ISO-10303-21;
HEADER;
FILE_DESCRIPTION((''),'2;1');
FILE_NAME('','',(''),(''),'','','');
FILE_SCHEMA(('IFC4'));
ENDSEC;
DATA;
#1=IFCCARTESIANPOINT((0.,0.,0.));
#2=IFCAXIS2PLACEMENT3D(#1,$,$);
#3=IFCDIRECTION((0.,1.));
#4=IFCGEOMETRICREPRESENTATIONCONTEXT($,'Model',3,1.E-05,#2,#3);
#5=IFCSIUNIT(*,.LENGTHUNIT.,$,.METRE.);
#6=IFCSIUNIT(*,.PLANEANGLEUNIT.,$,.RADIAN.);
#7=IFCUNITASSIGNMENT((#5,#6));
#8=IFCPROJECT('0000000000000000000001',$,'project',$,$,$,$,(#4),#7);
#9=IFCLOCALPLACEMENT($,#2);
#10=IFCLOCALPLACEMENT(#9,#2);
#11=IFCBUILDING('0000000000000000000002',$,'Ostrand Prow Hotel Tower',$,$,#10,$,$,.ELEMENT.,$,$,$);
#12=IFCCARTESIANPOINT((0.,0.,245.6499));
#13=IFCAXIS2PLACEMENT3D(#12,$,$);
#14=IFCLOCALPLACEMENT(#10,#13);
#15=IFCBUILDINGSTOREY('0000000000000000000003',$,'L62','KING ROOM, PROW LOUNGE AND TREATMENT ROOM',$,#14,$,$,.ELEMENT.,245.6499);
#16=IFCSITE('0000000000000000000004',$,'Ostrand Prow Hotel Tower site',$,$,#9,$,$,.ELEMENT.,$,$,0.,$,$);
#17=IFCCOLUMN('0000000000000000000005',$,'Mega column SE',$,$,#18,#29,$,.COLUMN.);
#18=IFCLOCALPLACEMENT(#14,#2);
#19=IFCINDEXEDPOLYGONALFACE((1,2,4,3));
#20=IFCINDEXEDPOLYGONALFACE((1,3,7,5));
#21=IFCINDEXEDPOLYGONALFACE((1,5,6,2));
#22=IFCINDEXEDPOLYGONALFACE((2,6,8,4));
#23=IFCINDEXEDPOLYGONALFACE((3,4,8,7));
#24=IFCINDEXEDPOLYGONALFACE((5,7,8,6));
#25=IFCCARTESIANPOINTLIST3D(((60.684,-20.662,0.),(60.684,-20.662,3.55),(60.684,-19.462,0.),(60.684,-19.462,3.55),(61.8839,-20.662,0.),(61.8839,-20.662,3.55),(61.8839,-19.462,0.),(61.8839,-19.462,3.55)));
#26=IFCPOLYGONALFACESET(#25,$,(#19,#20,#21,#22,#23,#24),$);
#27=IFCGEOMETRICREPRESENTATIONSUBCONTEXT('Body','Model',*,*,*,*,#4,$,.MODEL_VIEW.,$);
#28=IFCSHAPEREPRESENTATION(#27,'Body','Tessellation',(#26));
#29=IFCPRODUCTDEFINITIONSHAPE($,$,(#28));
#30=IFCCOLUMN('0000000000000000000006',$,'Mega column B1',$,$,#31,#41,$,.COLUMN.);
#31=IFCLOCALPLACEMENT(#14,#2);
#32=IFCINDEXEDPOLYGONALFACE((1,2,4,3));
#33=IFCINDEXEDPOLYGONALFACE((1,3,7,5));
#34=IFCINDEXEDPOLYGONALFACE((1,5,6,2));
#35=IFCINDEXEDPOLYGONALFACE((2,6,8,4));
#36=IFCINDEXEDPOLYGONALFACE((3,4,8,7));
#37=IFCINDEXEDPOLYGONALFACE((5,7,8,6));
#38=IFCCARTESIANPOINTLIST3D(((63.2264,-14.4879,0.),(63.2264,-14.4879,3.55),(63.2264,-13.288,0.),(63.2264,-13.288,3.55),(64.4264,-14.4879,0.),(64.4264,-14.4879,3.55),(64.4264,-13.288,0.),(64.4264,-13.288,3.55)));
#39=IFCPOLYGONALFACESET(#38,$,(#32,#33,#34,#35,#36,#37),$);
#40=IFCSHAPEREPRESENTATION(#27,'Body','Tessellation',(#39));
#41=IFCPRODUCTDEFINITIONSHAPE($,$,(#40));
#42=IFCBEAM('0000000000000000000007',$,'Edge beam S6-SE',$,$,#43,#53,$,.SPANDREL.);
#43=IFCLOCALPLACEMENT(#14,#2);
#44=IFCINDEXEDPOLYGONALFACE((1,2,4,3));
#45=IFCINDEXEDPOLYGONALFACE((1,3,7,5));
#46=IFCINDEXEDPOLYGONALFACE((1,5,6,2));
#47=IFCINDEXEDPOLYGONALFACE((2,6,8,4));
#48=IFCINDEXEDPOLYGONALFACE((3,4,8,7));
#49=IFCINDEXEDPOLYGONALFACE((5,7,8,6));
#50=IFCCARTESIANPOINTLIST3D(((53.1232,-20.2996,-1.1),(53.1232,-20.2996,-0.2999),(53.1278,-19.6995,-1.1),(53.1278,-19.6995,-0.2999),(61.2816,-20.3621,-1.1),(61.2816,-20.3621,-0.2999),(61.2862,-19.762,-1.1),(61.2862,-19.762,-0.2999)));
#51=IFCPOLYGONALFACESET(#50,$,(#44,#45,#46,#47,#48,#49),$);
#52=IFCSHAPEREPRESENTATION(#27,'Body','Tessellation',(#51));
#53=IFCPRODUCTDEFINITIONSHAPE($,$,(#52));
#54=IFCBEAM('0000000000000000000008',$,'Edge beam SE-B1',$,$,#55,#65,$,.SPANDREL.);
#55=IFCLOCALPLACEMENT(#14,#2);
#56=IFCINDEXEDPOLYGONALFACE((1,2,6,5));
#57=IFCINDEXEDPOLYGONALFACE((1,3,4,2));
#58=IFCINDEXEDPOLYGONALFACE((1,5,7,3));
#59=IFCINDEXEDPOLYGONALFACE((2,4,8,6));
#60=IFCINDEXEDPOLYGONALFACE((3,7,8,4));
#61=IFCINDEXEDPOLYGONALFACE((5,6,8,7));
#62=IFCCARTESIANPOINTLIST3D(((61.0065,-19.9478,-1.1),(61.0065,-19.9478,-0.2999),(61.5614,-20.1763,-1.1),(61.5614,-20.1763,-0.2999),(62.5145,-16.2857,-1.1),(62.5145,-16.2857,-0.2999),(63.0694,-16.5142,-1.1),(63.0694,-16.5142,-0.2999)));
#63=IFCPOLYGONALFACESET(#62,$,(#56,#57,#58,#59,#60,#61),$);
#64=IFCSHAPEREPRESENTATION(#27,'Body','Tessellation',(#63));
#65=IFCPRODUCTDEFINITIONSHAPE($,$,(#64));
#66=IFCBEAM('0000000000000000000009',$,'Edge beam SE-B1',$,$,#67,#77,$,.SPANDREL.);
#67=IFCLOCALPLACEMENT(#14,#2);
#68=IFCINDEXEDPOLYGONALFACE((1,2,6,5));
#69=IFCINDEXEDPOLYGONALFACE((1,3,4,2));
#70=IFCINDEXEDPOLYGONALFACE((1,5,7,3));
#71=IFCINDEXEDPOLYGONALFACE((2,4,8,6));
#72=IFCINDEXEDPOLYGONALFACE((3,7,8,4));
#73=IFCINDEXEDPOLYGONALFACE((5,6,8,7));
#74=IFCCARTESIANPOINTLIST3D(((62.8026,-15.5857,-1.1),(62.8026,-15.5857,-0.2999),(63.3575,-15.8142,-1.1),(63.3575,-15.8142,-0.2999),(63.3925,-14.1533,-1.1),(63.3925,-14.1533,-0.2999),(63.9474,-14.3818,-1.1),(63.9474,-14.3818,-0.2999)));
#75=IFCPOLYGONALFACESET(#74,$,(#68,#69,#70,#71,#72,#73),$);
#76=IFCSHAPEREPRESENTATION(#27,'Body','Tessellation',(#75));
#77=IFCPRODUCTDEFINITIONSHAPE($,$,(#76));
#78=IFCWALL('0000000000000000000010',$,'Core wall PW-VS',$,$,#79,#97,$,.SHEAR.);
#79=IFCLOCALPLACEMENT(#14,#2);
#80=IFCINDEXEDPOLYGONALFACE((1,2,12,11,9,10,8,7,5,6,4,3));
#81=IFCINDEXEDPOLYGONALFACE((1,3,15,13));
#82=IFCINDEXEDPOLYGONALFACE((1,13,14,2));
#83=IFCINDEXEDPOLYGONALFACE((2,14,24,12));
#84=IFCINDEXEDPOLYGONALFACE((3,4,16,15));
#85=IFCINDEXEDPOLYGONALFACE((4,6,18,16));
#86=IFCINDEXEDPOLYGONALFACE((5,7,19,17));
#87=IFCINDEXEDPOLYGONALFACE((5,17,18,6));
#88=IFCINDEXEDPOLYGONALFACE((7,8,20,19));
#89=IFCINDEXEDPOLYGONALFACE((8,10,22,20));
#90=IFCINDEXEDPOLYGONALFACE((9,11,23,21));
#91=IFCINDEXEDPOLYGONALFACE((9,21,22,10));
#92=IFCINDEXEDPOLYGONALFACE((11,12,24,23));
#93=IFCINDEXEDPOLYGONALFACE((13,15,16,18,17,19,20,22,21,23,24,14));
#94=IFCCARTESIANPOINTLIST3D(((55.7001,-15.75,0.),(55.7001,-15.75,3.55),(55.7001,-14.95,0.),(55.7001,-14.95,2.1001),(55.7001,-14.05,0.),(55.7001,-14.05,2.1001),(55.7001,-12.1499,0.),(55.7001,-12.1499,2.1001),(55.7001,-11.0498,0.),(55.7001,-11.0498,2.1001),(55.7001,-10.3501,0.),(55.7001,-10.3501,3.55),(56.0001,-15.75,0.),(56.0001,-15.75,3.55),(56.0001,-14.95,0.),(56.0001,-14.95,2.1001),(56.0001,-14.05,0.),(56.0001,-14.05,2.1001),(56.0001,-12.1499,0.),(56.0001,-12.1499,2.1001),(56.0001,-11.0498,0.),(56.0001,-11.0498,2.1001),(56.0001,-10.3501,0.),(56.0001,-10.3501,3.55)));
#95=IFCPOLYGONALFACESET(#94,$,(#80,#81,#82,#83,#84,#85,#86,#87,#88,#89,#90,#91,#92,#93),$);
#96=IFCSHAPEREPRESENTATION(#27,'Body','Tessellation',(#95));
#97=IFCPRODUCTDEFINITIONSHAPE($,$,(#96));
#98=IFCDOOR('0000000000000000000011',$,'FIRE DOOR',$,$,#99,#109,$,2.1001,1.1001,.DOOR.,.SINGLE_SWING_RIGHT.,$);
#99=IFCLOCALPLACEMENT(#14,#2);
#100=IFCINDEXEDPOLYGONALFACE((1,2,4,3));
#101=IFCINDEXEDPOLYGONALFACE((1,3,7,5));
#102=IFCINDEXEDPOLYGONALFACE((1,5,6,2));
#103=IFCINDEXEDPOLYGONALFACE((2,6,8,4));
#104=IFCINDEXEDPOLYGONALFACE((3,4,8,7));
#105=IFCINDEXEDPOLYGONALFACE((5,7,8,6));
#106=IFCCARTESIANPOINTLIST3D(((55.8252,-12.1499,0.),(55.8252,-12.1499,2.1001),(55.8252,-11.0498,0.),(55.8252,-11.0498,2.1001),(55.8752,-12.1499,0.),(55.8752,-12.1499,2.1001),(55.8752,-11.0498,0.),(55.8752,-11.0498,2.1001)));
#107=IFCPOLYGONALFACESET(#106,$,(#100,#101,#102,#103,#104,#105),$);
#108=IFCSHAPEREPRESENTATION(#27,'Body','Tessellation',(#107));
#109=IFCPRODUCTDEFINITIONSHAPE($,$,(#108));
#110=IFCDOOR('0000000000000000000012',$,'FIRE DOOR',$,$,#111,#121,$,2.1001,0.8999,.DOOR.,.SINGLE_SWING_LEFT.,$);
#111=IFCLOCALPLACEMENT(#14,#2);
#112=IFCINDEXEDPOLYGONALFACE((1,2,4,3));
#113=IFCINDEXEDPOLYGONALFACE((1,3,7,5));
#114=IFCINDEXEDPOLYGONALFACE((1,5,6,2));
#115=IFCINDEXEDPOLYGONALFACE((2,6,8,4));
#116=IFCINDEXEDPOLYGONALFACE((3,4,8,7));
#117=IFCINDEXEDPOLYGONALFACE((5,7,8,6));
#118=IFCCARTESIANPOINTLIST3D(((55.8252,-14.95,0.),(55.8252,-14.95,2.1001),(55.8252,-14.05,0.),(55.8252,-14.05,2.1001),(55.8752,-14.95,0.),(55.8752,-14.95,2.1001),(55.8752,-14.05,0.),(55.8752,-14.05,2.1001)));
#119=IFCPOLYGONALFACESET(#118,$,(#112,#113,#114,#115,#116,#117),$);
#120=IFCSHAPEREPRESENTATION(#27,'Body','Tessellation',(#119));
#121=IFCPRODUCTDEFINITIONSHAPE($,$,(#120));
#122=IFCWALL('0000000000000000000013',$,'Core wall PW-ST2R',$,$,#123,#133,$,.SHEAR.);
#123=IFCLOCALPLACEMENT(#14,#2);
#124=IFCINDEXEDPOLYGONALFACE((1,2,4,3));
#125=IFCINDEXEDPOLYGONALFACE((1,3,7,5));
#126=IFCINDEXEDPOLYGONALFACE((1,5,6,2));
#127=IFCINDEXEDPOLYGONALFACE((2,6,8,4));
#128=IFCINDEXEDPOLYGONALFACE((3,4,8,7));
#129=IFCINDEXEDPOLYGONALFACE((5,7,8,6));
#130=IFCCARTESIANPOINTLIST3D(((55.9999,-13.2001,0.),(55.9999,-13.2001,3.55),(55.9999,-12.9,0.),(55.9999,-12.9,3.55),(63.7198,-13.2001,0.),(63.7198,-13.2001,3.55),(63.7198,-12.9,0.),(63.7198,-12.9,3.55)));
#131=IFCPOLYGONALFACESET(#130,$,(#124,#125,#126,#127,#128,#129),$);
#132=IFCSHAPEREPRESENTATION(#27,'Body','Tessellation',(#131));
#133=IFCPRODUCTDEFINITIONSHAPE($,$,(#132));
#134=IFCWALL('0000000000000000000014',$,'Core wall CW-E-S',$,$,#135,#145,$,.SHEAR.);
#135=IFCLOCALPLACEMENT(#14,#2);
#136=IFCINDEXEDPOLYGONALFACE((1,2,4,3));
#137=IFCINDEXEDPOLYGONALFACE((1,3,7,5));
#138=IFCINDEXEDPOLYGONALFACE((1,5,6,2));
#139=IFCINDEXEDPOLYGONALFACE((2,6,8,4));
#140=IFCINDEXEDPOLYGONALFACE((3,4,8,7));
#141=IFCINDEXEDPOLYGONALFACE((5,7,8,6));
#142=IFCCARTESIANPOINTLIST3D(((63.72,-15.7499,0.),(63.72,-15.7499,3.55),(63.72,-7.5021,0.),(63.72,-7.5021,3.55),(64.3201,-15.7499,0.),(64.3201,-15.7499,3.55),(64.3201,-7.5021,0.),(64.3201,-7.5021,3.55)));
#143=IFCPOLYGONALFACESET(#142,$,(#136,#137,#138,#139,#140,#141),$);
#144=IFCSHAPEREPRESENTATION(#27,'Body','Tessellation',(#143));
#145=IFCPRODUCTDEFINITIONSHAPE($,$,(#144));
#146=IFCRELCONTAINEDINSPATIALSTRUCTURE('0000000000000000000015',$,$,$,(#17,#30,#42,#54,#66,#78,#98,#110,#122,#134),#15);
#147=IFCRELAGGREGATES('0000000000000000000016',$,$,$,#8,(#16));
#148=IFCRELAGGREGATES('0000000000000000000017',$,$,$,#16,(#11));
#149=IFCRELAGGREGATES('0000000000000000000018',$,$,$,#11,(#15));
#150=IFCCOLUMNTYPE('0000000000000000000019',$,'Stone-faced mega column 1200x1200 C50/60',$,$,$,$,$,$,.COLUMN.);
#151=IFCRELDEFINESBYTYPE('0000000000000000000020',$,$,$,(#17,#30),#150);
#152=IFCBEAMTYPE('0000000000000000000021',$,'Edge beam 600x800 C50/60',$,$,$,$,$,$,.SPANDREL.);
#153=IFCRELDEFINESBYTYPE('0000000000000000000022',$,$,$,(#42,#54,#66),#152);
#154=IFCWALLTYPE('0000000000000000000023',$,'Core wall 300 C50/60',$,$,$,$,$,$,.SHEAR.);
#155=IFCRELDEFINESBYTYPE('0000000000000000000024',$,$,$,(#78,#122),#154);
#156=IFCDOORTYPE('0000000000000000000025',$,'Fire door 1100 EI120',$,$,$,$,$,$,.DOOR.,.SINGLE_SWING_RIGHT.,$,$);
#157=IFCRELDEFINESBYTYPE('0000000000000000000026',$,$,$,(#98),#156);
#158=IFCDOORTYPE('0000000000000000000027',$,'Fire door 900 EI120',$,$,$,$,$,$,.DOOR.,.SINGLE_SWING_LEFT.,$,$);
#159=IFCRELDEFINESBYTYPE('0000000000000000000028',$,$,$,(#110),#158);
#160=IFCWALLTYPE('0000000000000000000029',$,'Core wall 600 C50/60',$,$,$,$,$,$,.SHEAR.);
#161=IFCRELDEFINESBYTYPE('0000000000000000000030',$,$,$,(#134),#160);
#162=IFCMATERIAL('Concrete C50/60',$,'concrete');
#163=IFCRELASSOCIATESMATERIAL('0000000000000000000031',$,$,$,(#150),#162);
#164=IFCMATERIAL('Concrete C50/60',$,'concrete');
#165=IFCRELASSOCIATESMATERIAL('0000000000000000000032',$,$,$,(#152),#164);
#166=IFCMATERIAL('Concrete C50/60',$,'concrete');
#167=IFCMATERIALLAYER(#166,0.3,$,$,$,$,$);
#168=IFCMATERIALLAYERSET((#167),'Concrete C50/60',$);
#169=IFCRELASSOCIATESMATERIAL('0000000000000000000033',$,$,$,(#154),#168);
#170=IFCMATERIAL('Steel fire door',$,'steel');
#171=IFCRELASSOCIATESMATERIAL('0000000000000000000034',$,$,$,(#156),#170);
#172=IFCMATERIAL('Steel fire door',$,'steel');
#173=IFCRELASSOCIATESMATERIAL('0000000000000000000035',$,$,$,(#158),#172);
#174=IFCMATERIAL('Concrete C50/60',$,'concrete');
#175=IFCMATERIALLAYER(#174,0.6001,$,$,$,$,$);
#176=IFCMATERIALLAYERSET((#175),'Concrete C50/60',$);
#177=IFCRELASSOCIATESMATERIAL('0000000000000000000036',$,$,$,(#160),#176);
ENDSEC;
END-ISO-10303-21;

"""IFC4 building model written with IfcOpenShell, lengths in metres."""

from ifc_helpers import new_model, si_unit, direction, frame, frame_2d, origin, origin_2d, place, context, subcontext, project, spatial, rectangle, extrude, material, layer, layer_set, material_profile, profile_set, type_object, element, fill, save


model = new_model("IFC4")

# Units and contexts
model_context = context("Model", 3, precision=1e-05, world=origin(), true_north=direction((0.0, 1.0)))
body_context = subcontext(model_context, "Body", "Model", "MODEL_VIEW")
ifc_project = project(units=[si_unit("LENGTHUNIT", "METRE"), si_unit("PLANEANGLEUNIT", "RADIAN")], contexts=[model_context])

# Site, building, storey
site_placement = place(None, origin())
site = spatial("IfcSite", under=ifc_project, at=site_placement, Name="Ostrand Prow Hotel Tower site", CompositionType="ELEMENT", RefElevation=0.0)
building_placement = place(site_placement, origin())
building = spatial("IfcBuilding", under=site, at=building_placement, Name="Ostrand Prow Hotel Tower", CompositionType="ELEMENT")
storey_placement = place(building_placement, frame((0.0, 0.0, 245.6499)))
storey = spatial("IfcBuildingStorey", under=building, at=storey_placement, Name="L62", Description="KING ROOM, PROW LOUNGE AND TREATMENT ROOM", CompositionType="ELEMENT", Elevation=245.6499)

# Columns
ifc_material_1 = material(Name="Concrete C50/60", Category="concrete")
ifc_material_profile_1 = material_profile(ifc_material_1, rectangle(XDim=1.2, YDim=1.2, at=origin_2d()), Name="RC 1200x1200")
ifc_profile_set_1 = profile_set([ifc_material_profile_1], Name="Concrete C50/60")
column_type = type_object("IfcColumnType", Name="Stone-faced mega column 1200x1200 C50/60", PredefinedType="COLUMN", material=ifc_profile_set_1)
for number, where, z_axis, x_axis, name in (
    (1, (61.2839, -20.062, 0.0), (0.0, 0.0, 1.0), (1.0, 0.0, 0.0), "Mega column SE"),
    (2, (63.8264, -13.8879, 0.0), (0.0, 0.0, 1.0), (1.0, 0.0, 0.0), "Mega column B1"),
):
    element("IfcColumn", number, at=place(storey_placement, frame(where, z_axis=z_axis, x_axis=x_axis)), inside=storey, type_object=column_type, Name=name, PredefinedType="COLUMN", context=body_context, shape_type="SweptSolid", body=[
        extrude(rectangle(XDim=1.2, YDim=1.2, at=origin_2d()), origin(), (0.0, 0.0, 1.0), 3.55),
    ])

# Beams
ifc_material_2 = material(Name="Concrete C50/60", Category="concrete")
ifc_material_profile_2 = material_profile(ifc_material_2, rectangle(XDim=0.6001, YDim=0.8, at=origin_2d()), Name="RC 600x800")
ifc_profile_set_2 = profile_set([ifc_material_profile_2], Name="Concrete C50/60")
beam_type = type_object("IfcBeamType", Name="Edge beam 600x800 C50/60", PredefinedType="SPANDREL", material=ifc_profile_set_2)
beam_1_placement = place(storey_placement, frame((53.1255, -19.9995, -0.7), z_axis=(0.999971, -0.007661, 0.0), x_axis=(0.007661, 0.999971, 0.0)))
element("IfcBeam", 3, at=beam_1_placement, inside=storey, type_object=beam_type, Name="Edge beam S6-SE", PredefinedType="SPANDREL", context=body_context, shape_type="SweptSolid", body=[
    extrude(rectangle(XDim=0.6001, YDim=0.8, at=origin_2d()), origin(), (0.0, 0.0, 1.0), 8.1587),
])
beam_2_placement = place(storey_placement, frame((61.2839, -20.062, -0.7), z_axis=(0.380778, 0.924667, 0.0), x_axis=(-0.924667, 0.380778, 0.0)))
element("IfcBeam", 4, at=beam_2_placement, inside=storey, type_object=beam_type, Name="Edge beam SE-B1", PredefinedType="SPANDREL", context=body_context, shape_type="SweptSolid", body=[
    extrude(rectangle(XDim=0.6001, YDim=0.8, at=origin_2d()), origin(), (0.0, 0.0, 1.0), 3.9604),
])
beam_3_placement = place(storey_placement, frame((63.0801, -15.7, -0.7), z_axis=(0.380774, 0.924668, 0.0), x_axis=(-0.924668, 0.380774, 0.0)))
element("IfcBeam", 5, at=beam_3_placement, inside=storey, type_object=beam_type, Name="Edge beam SE-B1", PredefinedType="SPANDREL", context=body_context, shape_type="SweptSolid", body=[
    extrude(rectangle(XDim=0.6001, YDim=0.8, at=origin_2d()), origin(), (0.0, 0.0, 1.0), 1.5491),
])

# Wall, openings, doors
ifc_material_3 = material(Name="Concrete C50/60", Category="concrete")
ifc_layer_1 = layer(ifc_material_3, 0.3)
ifc_layer_set_1 = layer_set([ifc_layer_1], Name="Concrete C50/60")
wall_type_1 = type_object("IfcWallType", Name="Core wall 300 C50/60", PredefinedType="SHEAR", material=ifc_layer_set_1)
wall_1_placement = place(storey_placement, frame((55.8501, -15.75, 0.0), z_axis=(0.0, 0.0, 1.0), x_axis=(0.0, 1.0, 0.0)))
wall_1 = element("IfcWall", 6, at=wall_1_placement, inside=storey, type_object=wall_type_1, Name="Core wall PW-VS", PredefinedType="SHEAR", context=body_context, shape_type="SweptSolid", body=[
    extrude(rectangle(XDim=5.3999, YDim=0.3, at=frame_2d((2.7, 0.0))), origin(), (0.0, 0.0, 1.0), 3.55),
])
opening_1_placement = place(wall_1_placement, frame((3.6001, 0.0, 0.0)))
opening_1 = element("IfcOpeningElement", 7, at=opening_1_placement, cuts=wall_1, PredefinedType="OPENING", context=body_context, shape_type="SweptSolid", body=[
    extrude(rectangle(XDim=1.1001, YDim=2.1001, at=frame_2d((0.55, 1.05))), frame((0.0, 0.1599, 0.0), z_axis=(0.0, -1.0, 0.0), x_axis=(1.0, 0.0, 0.0)), (0.0, 0.0, 1.0), 0.3201),
])
opening_2_placement = place(wall_1_placement, frame((0.8, 0.0, 0.0)))
opening_2 = element("IfcOpeningElement", 8, at=opening_2_placement, cuts=wall_1, PredefinedType="OPENING", context=body_context, shape_type="SweptSolid", body=[
    extrude(rectangle(XDim=0.8999, YDim=2.1001, at=frame_2d((0.45, 1.05))), frame((0.0, 0.1599, 0.0), z_axis=(0.0, -1.0, 0.0), x_axis=(1.0, 0.0, 0.0)), (0.0, 0.0, 1.0), 0.3201),
])
ifc_material_4 = material(Name="Steel fire door", Category="steel")
door_type_1 = type_object("IfcDoorType", Name="Fire door 1100 EI120", OperationType="SINGLE_SWING_RIGHT", PredefinedType="DOOR", material=ifc_material_4)
door_1_placement = place(opening_1_placement, origin())
door_1 = element("IfcDoor", 9, at=door_1_placement, inside=storey, type_object=door_type_1, Name="FIRE DOOR", OperationType="SINGLE_SWING_RIGHT", OverallHeight=2.1001, OverallWidth=1.1001, PredefinedType="DOOR", context=body_context, shape_type="SweptSolid", body=[
    extrude(rectangle(XDim=1.1001, YDim=2.1001, at=frame_2d((0.55, 1.05))), frame((0.0, 0.0249, 0.0), z_axis=(0.0, -1.0, 0.0), x_axis=(1.0, 0.0, 0.0)), (0.0, 0.0, 1.0), 0.05),
])
fill(opening_1, door_1)
ifc_material_5 = material(Name="Steel fire door", Category="steel")
door_type_2 = type_object("IfcDoorType", Name="Fire door 900 EI120", OperationType="SINGLE_SWING_LEFT", PredefinedType="DOOR", material=ifc_material_5)
door_2_placement = place(opening_2_placement, origin())
door_2 = element("IfcDoor", 10, at=door_2_placement, inside=storey, type_object=door_type_2, Name="FIRE DOOR", OperationType="SINGLE_SWING_LEFT", OverallHeight=2.1001, OverallWidth=0.8999, PredefinedType="DOOR", context=body_context, shape_type="SweptSolid", body=[
    extrude(rectangle(XDim=0.8999, YDim=2.1001, at=frame_2d((0.45, 1.05))), frame((0.0, 0.0249, 0.0), z_axis=(0.0, -1.0, 0.0), x_axis=(1.0, 0.0, 0.0)), (0.0, 0.0, 1.0), 0.05),
])
fill(opening_2, door_2)

# Walls
wall_2_placement = place(storey_placement, frame((56.0, -13.05, 0.0), z_axis=(0.0, 0.0, 1.0), x_axis=(1.0, 0.0, 0.0)))
element("IfcWall", 11, at=wall_2_placement, inside=storey, type_object=wall_type_1, Name="Core wall PW-ST2R", PredefinedType="SHEAR", context=body_context, shape_type="SweptSolid", body=[
    extrude(rectangle(XDim=7.72, YDim=0.3, at=frame_2d((3.8599, 0.0))), origin(), (0.0, 0.0, 1.0), 3.55),
])
ifc_material_6 = material(Name="Concrete C50/60", Category="concrete")
ifc_layer_2 = layer(ifc_material_6, 0.6001)
ifc_layer_set_2 = layer_set([ifc_layer_2], Name="Concrete C50/60")
wall_type_2 = type_object("IfcWallType", Name="Core wall 600 C50/60", PredefinedType="SHEAR", material=ifc_layer_set_2)
wall_3_placement = place(storey_placement, frame((64.02, -15.75, 0.0), z_axis=(0.0, 0.0, 1.0), x_axis=(0.0, 1.0, 0.0)))
element("IfcWall", 12, at=wall_3_placement, inside=storey, type_object=wall_type_2, Name="Core wall CW-E-S", PredefinedType="SHEAR", context=body_context, shape_type="SweptSolid", body=[
    extrude(rectangle(XDim=8.2478, YDim=0.6001, at=frame_2d((4.124, 0.0))), origin(), (0.0, 0.0, 1.0), 3.55),
])

save(model, "model.ifc")
